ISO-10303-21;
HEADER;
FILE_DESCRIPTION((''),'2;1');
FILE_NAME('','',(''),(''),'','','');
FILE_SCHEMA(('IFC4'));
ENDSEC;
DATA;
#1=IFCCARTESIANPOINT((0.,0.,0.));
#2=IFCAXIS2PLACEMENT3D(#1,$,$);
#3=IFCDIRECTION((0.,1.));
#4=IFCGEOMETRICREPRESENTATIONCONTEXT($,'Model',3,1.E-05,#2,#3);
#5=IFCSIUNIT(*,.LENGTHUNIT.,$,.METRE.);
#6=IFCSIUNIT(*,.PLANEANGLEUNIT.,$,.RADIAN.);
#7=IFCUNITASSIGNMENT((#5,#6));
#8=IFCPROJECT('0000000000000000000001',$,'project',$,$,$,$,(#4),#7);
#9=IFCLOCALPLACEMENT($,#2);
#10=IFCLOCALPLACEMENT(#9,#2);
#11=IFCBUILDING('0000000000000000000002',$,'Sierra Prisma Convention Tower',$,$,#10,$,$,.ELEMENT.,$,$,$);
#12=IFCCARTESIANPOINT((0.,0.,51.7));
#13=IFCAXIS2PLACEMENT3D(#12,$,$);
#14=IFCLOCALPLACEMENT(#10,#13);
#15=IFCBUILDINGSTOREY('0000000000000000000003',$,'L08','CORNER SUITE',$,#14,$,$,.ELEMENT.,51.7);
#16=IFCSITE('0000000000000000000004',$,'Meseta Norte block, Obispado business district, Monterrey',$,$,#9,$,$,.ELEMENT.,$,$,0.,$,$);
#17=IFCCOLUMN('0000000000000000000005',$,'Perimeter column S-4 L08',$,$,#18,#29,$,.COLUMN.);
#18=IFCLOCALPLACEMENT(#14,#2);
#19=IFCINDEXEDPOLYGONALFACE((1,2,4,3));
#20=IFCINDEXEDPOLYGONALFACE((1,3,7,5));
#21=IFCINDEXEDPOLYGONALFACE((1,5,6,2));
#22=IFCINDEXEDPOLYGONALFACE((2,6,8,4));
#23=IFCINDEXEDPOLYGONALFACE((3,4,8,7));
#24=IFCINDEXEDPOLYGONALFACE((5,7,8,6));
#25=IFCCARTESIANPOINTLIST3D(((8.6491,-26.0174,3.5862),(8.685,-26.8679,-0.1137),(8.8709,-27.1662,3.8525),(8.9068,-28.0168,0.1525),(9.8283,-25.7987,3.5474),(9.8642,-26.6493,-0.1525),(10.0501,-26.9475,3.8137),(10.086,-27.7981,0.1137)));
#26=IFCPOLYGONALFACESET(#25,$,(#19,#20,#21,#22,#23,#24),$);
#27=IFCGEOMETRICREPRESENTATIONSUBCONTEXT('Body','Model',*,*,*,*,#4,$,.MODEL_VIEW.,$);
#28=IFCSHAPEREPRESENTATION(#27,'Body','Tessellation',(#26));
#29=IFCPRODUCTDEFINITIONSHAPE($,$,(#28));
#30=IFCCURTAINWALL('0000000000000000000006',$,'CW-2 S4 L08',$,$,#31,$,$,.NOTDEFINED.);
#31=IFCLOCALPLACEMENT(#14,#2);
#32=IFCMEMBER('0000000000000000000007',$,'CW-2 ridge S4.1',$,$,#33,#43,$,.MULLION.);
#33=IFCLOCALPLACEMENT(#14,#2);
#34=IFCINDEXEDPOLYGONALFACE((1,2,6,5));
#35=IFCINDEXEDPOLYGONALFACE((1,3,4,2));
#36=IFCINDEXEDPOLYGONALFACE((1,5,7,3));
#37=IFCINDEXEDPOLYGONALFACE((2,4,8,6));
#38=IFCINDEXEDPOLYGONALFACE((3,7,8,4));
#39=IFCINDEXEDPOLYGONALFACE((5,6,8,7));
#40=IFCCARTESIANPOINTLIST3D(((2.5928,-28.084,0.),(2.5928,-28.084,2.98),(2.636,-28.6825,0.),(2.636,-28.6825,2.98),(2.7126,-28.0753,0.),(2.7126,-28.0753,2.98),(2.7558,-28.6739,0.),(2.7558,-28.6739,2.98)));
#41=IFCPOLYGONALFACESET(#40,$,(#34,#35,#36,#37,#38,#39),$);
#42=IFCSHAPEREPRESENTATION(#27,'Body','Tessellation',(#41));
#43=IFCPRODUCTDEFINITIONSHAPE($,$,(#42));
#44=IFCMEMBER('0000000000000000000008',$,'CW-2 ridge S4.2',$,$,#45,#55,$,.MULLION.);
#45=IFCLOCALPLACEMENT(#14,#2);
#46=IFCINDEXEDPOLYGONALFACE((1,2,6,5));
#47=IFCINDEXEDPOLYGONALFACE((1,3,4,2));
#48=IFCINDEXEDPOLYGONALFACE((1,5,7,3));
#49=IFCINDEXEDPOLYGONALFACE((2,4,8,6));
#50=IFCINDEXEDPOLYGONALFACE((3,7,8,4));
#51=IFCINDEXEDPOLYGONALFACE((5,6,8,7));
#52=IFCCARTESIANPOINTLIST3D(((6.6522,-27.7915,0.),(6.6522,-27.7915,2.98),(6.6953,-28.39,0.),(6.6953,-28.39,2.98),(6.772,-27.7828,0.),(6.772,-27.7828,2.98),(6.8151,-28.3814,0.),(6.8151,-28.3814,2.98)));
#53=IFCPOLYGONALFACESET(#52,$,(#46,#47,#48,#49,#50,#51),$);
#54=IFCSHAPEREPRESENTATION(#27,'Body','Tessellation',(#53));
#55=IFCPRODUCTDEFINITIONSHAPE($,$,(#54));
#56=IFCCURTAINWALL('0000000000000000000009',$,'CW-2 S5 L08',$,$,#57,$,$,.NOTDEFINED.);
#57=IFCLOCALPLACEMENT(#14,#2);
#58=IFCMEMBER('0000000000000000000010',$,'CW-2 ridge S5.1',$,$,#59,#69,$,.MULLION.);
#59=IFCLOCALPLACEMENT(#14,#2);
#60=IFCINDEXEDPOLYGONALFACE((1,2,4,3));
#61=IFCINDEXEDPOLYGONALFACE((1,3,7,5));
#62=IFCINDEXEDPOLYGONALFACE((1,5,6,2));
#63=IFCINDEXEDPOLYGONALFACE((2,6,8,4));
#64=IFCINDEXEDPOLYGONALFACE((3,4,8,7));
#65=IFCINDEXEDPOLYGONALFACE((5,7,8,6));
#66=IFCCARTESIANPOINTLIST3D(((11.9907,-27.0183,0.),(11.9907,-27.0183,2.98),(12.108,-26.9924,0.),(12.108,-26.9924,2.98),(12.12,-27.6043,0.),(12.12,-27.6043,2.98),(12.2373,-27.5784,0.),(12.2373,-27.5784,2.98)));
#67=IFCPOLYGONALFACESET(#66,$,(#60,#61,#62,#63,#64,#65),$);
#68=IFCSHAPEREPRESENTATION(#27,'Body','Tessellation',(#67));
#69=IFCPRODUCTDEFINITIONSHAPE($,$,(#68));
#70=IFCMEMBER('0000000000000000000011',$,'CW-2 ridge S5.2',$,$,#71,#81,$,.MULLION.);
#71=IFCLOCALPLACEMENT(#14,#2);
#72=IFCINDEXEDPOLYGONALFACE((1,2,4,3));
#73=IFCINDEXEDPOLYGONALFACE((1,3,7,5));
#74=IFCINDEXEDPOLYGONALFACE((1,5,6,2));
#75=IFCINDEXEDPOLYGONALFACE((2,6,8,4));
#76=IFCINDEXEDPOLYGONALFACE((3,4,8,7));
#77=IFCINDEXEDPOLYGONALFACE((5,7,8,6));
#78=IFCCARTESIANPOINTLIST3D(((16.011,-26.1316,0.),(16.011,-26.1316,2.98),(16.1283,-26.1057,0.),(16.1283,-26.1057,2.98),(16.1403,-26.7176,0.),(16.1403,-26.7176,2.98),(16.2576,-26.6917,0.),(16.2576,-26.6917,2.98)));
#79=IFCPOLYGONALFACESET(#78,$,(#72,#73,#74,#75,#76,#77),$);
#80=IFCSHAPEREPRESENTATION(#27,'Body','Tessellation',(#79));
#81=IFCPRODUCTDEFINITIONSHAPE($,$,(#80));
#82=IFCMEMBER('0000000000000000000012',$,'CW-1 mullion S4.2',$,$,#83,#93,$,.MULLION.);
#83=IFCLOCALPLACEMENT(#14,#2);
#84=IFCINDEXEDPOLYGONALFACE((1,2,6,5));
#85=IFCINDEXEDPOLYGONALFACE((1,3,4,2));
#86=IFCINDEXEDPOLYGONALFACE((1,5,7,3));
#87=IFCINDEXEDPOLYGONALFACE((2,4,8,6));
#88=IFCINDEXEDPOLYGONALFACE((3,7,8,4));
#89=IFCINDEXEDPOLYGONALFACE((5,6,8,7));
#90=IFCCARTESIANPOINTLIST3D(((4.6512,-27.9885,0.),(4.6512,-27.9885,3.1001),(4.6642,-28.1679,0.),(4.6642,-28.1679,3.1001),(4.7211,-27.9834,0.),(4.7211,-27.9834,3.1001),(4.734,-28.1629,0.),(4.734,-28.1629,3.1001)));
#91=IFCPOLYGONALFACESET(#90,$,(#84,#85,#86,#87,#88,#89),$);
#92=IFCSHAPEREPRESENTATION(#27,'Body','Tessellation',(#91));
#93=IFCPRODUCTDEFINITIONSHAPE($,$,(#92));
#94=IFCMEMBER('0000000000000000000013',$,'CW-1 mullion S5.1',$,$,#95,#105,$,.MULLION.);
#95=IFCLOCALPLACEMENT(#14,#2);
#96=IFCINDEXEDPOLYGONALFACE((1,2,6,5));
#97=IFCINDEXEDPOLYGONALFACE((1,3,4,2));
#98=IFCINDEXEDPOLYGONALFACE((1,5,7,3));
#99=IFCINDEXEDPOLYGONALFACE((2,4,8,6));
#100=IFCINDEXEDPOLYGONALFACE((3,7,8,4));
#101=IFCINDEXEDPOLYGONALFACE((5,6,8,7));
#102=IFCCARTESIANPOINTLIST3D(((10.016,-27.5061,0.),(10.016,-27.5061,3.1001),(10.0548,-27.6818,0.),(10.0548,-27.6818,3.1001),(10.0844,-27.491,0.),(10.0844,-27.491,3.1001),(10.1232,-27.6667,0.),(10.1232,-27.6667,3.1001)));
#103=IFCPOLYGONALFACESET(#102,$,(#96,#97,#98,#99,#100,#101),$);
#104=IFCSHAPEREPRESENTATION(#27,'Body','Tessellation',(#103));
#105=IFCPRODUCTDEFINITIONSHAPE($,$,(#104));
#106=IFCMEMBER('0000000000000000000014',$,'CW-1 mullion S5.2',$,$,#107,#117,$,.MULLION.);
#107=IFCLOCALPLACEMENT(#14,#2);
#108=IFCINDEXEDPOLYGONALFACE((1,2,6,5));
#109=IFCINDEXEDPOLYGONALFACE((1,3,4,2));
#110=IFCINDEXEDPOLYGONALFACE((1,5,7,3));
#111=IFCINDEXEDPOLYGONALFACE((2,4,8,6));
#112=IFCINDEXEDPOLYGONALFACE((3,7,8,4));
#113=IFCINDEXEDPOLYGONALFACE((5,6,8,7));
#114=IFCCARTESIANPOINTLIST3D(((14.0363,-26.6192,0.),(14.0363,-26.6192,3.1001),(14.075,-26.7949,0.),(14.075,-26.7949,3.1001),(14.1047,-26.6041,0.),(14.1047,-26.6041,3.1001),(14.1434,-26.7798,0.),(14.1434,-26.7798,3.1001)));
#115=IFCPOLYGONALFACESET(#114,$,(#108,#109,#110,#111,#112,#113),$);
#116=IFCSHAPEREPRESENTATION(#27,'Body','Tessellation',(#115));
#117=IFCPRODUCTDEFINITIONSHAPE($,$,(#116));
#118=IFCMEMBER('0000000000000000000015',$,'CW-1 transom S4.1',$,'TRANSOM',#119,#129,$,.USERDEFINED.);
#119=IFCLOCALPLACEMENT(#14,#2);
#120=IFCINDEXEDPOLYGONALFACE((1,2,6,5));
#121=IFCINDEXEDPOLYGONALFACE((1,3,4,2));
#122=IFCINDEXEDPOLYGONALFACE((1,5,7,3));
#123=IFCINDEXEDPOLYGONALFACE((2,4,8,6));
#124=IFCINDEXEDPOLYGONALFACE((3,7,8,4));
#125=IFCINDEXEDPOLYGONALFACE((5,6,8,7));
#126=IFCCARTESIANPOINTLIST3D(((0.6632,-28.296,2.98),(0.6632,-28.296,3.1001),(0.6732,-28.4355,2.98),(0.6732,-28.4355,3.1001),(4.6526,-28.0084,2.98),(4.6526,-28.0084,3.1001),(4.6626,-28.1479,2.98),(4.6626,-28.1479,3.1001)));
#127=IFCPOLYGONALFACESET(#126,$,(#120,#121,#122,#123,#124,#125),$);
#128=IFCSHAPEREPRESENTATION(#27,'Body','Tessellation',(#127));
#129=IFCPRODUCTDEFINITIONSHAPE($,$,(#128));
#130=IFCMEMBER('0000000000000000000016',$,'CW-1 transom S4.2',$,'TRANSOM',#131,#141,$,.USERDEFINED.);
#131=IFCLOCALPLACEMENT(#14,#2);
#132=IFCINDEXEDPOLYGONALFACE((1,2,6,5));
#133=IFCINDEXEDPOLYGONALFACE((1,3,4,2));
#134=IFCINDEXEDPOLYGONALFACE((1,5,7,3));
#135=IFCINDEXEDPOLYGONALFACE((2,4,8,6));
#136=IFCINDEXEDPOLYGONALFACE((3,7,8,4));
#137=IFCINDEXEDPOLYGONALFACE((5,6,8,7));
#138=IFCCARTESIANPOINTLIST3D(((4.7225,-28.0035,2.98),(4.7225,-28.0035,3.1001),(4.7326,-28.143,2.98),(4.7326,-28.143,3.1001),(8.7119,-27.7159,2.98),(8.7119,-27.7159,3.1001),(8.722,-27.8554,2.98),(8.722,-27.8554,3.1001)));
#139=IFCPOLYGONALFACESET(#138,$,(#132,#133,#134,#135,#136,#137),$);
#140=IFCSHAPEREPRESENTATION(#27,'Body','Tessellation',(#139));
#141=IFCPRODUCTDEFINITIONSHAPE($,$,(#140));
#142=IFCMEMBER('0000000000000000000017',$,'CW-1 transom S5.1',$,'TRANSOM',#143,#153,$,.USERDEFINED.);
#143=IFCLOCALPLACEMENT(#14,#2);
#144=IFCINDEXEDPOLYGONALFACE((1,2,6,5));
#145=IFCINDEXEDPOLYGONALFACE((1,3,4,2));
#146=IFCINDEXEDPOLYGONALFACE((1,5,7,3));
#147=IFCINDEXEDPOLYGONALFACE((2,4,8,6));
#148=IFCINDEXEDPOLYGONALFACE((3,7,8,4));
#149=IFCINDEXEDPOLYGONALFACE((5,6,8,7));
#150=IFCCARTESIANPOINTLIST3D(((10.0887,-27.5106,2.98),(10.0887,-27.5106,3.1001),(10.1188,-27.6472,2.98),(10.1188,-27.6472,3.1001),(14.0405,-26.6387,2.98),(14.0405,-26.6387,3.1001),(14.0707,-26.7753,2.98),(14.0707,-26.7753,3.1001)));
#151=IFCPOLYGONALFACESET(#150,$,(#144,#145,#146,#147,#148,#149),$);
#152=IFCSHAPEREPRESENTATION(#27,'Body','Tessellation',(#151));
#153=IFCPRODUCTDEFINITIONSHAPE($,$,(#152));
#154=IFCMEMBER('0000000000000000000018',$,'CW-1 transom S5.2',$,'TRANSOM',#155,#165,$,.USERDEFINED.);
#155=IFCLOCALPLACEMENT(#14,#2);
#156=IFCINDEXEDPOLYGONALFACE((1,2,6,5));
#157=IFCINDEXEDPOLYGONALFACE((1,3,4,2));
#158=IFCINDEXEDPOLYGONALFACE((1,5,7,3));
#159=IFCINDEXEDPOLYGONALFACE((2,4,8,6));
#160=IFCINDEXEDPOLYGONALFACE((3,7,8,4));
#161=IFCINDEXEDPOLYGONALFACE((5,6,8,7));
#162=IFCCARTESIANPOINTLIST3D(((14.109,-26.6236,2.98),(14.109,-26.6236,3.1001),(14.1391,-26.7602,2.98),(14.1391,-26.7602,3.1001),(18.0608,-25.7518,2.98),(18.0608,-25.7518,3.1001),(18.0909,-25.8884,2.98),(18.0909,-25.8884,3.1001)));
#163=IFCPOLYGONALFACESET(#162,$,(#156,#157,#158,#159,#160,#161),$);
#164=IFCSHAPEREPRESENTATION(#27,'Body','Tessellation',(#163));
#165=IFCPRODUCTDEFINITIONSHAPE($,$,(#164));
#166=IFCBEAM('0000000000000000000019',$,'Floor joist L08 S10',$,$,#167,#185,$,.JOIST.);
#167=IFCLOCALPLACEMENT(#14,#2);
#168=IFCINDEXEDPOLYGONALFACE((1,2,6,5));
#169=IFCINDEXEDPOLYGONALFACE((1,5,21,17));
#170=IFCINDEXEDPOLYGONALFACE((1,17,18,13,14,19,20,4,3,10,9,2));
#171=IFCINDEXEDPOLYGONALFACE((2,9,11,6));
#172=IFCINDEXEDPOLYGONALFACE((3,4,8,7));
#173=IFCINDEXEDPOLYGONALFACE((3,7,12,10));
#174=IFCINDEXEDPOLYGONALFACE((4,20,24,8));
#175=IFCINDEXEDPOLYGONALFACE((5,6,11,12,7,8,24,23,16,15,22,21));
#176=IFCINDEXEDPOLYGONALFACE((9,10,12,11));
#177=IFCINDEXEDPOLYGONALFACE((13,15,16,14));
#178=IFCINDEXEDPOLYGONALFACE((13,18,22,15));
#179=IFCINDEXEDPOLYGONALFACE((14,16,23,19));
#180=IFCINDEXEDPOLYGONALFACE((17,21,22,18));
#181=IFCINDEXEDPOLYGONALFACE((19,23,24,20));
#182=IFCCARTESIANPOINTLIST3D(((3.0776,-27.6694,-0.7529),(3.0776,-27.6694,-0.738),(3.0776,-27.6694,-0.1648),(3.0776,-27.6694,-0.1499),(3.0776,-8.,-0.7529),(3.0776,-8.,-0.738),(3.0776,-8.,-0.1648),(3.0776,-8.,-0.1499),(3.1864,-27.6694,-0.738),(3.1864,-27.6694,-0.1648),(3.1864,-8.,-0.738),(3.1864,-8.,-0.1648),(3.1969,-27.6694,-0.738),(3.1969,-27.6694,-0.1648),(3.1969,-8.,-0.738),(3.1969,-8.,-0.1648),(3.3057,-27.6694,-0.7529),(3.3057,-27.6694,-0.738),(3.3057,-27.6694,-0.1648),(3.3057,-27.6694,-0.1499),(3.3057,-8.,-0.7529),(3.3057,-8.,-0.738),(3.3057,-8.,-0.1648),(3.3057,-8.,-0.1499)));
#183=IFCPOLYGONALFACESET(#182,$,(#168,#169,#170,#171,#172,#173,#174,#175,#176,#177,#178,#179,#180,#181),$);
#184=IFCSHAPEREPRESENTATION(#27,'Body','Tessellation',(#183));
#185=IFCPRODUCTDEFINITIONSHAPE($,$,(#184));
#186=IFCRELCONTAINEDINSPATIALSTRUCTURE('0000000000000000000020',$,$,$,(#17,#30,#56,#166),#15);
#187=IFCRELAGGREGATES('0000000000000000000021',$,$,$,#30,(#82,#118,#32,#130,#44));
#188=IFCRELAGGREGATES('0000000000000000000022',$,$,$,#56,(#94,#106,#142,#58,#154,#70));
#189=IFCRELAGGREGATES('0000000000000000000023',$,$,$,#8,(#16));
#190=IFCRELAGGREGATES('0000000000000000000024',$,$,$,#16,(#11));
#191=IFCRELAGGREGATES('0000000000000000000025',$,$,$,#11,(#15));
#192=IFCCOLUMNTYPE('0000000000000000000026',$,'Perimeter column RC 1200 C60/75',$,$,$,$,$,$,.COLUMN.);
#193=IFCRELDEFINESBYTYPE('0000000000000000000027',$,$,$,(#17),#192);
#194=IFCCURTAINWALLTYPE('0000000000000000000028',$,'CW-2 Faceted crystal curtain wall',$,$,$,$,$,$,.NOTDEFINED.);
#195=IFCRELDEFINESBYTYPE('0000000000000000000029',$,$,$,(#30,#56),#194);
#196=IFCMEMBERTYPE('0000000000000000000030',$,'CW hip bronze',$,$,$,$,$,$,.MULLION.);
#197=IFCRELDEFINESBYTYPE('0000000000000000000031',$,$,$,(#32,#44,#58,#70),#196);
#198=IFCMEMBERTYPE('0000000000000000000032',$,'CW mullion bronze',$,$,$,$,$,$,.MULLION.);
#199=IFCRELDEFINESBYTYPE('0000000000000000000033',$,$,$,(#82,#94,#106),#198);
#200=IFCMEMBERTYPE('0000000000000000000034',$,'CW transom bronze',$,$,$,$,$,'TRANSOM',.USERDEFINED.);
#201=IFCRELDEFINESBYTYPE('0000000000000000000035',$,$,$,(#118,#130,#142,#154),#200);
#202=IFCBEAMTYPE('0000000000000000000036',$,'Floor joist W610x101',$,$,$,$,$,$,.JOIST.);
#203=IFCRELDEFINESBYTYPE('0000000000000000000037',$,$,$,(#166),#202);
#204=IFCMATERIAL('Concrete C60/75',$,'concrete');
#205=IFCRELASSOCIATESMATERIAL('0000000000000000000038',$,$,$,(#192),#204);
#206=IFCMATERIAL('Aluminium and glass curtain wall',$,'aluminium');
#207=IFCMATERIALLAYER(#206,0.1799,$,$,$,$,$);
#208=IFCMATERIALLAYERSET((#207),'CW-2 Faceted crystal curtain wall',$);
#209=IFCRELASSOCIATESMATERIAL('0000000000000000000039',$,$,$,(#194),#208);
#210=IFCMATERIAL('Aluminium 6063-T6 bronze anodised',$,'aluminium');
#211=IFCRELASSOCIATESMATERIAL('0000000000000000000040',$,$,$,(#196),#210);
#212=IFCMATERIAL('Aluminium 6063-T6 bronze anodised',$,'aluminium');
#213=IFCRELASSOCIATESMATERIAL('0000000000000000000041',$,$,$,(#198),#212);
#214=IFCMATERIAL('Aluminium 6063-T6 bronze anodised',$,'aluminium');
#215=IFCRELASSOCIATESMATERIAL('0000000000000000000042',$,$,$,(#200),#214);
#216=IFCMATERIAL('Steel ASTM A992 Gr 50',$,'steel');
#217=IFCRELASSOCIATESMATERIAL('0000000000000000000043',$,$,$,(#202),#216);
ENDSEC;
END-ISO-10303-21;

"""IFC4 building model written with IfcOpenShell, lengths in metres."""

from ifc_helpers import new_model, si_unit, direction, frame, origin, origin_2d, place, context, subcontext, project, spatial, rectangle, i_section, extrude, material, layer, layer_set, material_profile, profile_set, type_object, element, aggregate, save


model = new_model("IFC4")

# Units and contexts
model_context = context("Model", 3, precision=1e-05, world=origin(), true_north=direction((0.0, 1.0)))
body_context = subcontext(model_context, "Body", "Model", "MODEL_VIEW")
ifc_project = project(units=[si_unit("LENGTHUNIT", "METRE"), si_unit("PLANEANGLEUNIT", "RADIAN")], contexts=[model_context])

# Site, building, storey
site_placement = place(None, origin())
site = spatial("IfcSite", under=ifc_project, at=site_placement, Name="Meseta Norte block, Obispado business district, Monterrey", CompositionType="ELEMENT", RefElevation=0.0)
building_placement = place(site_placement, origin())
building = spatial("IfcBuilding", under=site, at=building_placement, Name="Sierra Prisma Convention Tower", CompositionType="ELEMENT")
storey_placement = place(building_placement, frame((0.0, 0.0, 51.7)))
storey = spatial("IfcBuildingStorey", under=building, at=storey_placement, Name="L08", Description="CORNER SUITE", CompositionType="ELEMENT", Elevation=51.7)

# Column
ifc_material_1 = material(Name="Concrete C60/75", Category="concrete")
ifc_material_profile_1 = material_profile(ifc_material_1, rectangle(XDim=1.2, YDim=1.2, at=origin_2d()), Name="Perimeter column RC 1200 C60/75")
ifc_profile_set_1 = profile_set([ifc_material_profile_1], Name="Concrete C60/75")
column_type = type_object("IfcColumnType", Name="Perimeter column RC 1200 C60/75", PredefinedType="COLUMN", material=ifc_profile_set_1)
column_placement = place(storey_placement, frame((9.3855, -27.333, 0.0), z_axis=(-0.009453, 0.224037, 0.974535), x_axis=(-0.982721, -0.182244, 0.032364)))
element("IfcColumn", 1, at=column_placement, inside=storey, type_object=column_type, Name="Perimeter column S-4 L08", PredefinedType="COLUMN", context=body_context, shape_type="SweptSolid", body=[
    extrude(rectangle(XDim=1.2, YDim=1.2, at=origin_2d()), origin(), (0.0, 0.0, 1.0), 3.7966),
])

# Curtain walls, members
ifc_material_2 = material(Name="Aluminium and glass curtain wall", Category="aluminium")
ifc_layer_1 = layer(ifc_material_2, 0.1799)
ifc_layer_set_1 = layer_set([ifc_layer_1], Name="CW-2 Faceted crystal curtain wall")
curtain_wall_type = type_object("IfcCurtainWallType", Name="CW-2 Faceted crystal curtain wall", PredefinedType="NOTDEFINED", material=ifc_layer_set_1)
curtain_wall_1_placement = place(storey_placement, origin())
curtain_wall_1 = element("IfcCurtainWall", 2, at=curtain_wall_1_placement, inside=storey, type_object=curtain_wall_type, Name="CW-2 S4 L08", PredefinedType="NOTDEFINED")
ifc_material_3 = material(Name="Aluminium 6063-T6 bronze anodised", Category="aluminium")
ifc_material_profile_2 = material_profile(ifc_material_3, rectangle(XDim=0.1201, YDim=0.6001, at=origin_2d()), Name="ALU RIDGE BLADE 120x600")
ifc_profile_set_2 = profile_set([ifc_material_profile_2], Name="Aluminium 6063-T6 bronze anodised")
member_type_1 = type_object("IfcMemberType", Name="CW hip bronze", PredefinedType="MULLION", material=ifc_profile_set_2)
member_1_placement = place(storey_placement, frame((2.6743, -28.3789, 0.0), z_axis=(0.0, 0.0, 1.0), x_axis=(0.997411, 0.07191, 0.0)))
member_1 = element("IfcMember", 3, at=member_1_placement, type_object=member_type_1, Name="CW-2 ridge S4.1", PredefinedType="MULLION", context=body_context, shape_type="SweptSolid", body=[
    extrude(rectangle(XDim=0.1201, YDim=0.6001, at=origin_2d()), origin(), (0.0, 0.0, 1.0), 2.98),
])
member_2_placement = place(storey_placement, frame((6.7336, -28.0864, 0.0), z_axis=(0.0, 0.0, 1.0), x_axis=(0.997411, 0.07191, 0.0)))
member_2 = element("IfcMember", 4, at=member_2_placement, type_object=member_type_1, Name="CW-2 ridge S4.2", PredefinedType="MULLION", context=body_context, shape_type="SweptSolid", body=[
    extrude(rectangle(XDim=0.1201, YDim=0.6001, at=origin_2d()), origin(), (0.0, 0.0, 1.0), 2.98),
])
curtain_wall_2_placement = place(storey_placement, origin())
curtain_wall_2 = element("IfcCurtainWall", 5, at=curtain_wall_2_placement, inside=storey, type_object=curtain_wall_type, Name="CW-2 S5 L08", PredefinedType="NOTDEFINED")
member_3_placement = place(storey_placement, frame((12.114, -27.2983, 0.0), z_axis=(0.0, 0.0, 1.0), x_axis=(0.976517, 0.215438, 0.0)))
member_3 = element("IfcMember", 6, at=member_3_placement, type_object=member_type_1, Name="CW-2 ridge S5.1", PredefinedType="MULLION", context=body_context, shape_type="SweptSolid", body=[
    extrude(rectangle(XDim=0.1201, YDim=0.6001, at=origin_2d()), origin(), (0.0, 0.0, 1.0), 2.98),
])
member_4_placement = place(storey_placement, frame((16.1343, -26.4116, 0.0), z_axis=(0.0, 0.0, 1.0), x_axis=(0.976517, 0.215438, 0.0)))
member_4 = element("IfcMember", 7, at=member_4_placement, type_object=member_type_1, Name="CW-2 ridge S5.2", PredefinedType="MULLION", context=body_context, shape_type="SweptSolid", body=[
    extrude(rectangle(XDim=0.1201, YDim=0.6001, at=origin_2d()), origin(), (0.0, 0.0, 1.0), 2.98),
])

# Members
ifc_material_4 = material(Name="Aluminium 6063-T6 bronze anodised", Category="aluminium")
ifc_material_profile_3 = material_profile(ifc_material_4, rectangle(XDim=0.1799, YDim=0.0701, at=origin_2d()), Name="ALU MULLION 70x180")
ifc_profile_set_3 = profile_set([ifc_material_profile_3], Name="Aluminium 6063-T6 bronze anodised")
member_type_2 = type_object("IfcMemberType", Name="CW mullion bronze", PredefinedType="MULLION", material=ifc_profile_set_3)
member_5_placement = place(storey_placement, frame((4.6926, -28.0757, 0.0), z_axis=(0.0, 0.0, 1.0), x_axis=(-0.07191, 0.997411, 0.0)))
member_5 = element("IfcMember", 8, at=member_5_placement, type_object=member_type_2, Name="CW-1 mullion S4.2", PredefinedType="MULLION", context=body_context, shape_type="SweptSolid", body=[
    extrude(rectangle(XDim=0.1799, YDim=0.0701, at=origin_2d()), origin(), (0.0, 0.0, 1.0), 3.1001),
])
member_6_placement = place(storey_placement, frame((10.0696, -27.5864, 0.0), z_axis=(0.0, 0.0, 1.0), x_axis=(-0.215438, 0.976517, 0.0)))
member_6 = element("IfcMember", 9, at=member_6_placement, type_object=member_type_2, Name="CW-1 mullion S5.1", PredefinedType="MULLION", context=body_context, shape_type="SweptSolid", body=[
    extrude(rectangle(XDim=0.1799, YDim=0.0701, at=origin_2d()), origin(), (0.0, 0.0, 1.0), 3.1001),
])
member_7_placement = place(storey_placement, frame((14.0898, -26.6995, 0.0), z_axis=(0.0, 0.0, 1.0), x_axis=(-0.215438, 0.976517, 0.0)))
member_7 = element("IfcMember", 10, at=member_7_placement, type_object=member_type_2, Name="CW-1 mullion S5.2", PredefinedType="MULLION", context=body_context, shape_type="SweptSolid", body=[
    extrude(rectangle(XDim=0.1799, YDim=0.0701, at=origin_2d()), origin(), (0.0, 0.0, 1.0), 3.1001),
])
ifc_material_5 = material(Name="Aluminium 6063-T6 bronze anodised", Category="aluminium")
ifc_material_profile_4 = material_profile(ifc_material_5, rectangle(XDim=0.1399, YDim=0.1201, at=origin_2d()), Name="ALU TRANSOM 120x140")
ifc_profile_set_4 = profile_set([ifc_material_profile_4], Name="Aluminium 6063-T6 bronze anodised")
member_type_3 = type_object("IfcMemberType", Name="CW transom bronze", ElementType="TRANSOM", PredefinedType="USERDEFINED", material=ifc_profile_set_4)
member_8_placement = place(storey_placement, frame((0.6682, -28.3657, 3.04), z_axis=(0.997412, 0.071902, 0.0), x_axis=(-0.071902, 0.997412, 0.0)))
member_8 = element("IfcMember", 11, at=member_8_placement, type_object=member_type_3, Name="CW-1 transom S4.1", ObjectType="TRANSOM", PredefinedType="USERDEFINED", context=body_context, shape_type="SweptSolid", body=[
    extrude(rectangle(XDim=0.1399, YDim=0.1201, at=origin_2d()), origin(), (0.0, 0.0, 1.0), 3.9998),
])
member_9_placement = place(storey_placement, frame((4.7275, -28.0732, 3.04), z_axis=(0.997412, 0.071902, 0.0), x_axis=(-0.071902, 0.997412, 0.0)))
member_9 = element("IfcMember", 12, at=member_9_placement, type_object=member_type_3, Name="CW-1 transom S4.2", ObjectType="TRANSOM", PredefinedType="USERDEFINED", context=body_context, shape_type="SweptSolid", body=[
    extrude(rectangle(XDim=0.1399, YDim=0.1201, at=origin_2d()), origin(), (0.0, 0.0, 1.0), 3.9998),
])
member_10_placement = place(storey_placement, frame((10.1038, -27.5789, 3.04), z_axis=(0.976519, 0.215429, 0.0), x_axis=(-0.215429, 0.976519, 0.0)))
member_10 = element("IfcMember", 13, at=member_10_placement, type_object=member_type_3, Name="CW-1 transom S5.1", ObjectType="TRANSOM", PredefinedType="USERDEFINED", context=body_context, shape_type="SweptSolid", body=[
    extrude(rectangle(XDim=0.1399, YDim=0.1201, at=origin_2d()), origin(), (0.0, 0.0, 1.0), 4.0469),
])
member_11_placement = place(storey_placement, frame((14.124, -26.6919, 3.04), z_axis=(0.976519, 0.215429, 0.0), x_axis=(-0.215429, 0.976519, 0.0)))
member_11 = element("IfcMember", 14, at=member_11_placement, type_object=member_type_3, Name="CW-1 transom S5.2", ObjectType="TRANSOM", PredefinedType="USERDEFINED", context=body_context, shape_type="SweptSolid", body=[
    extrude(rectangle(XDim=0.1399, YDim=0.1201, at=origin_2d()), origin(), (0.0, 0.0, 1.0), 4.0469),
])

# Beam
ifc_material_6 = material(Name="Steel ASTM A992 Gr 50", Category="steel")
ifc_material_profile_5 = material_profile(ifc_material_6, i_section(OverallWidth=0.228, OverallDepth=0.603, WebThickness=0.0105, FlangeThickness=0.0149, at=origin_2d()), Name="W610x101")
ifc_profile_set_5 = profile_set([ifc_material_profile_5], Name="Steel ASTM A992 Gr 50")
beam_type_1 = type_object("IfcBeamType", Name="Floor joist W610x101", PredefinedType="JOIST", material=ifc_profile_set_5)
beam_1_placement = place(storey_placement, frame((3.1917, -27.6694, -0.4514), z_axis=(0.0, 1.0, 0.0), x_axis=(-1.0, 0.0, 0.0)))
element("IfcBeam", 15, at=beam_1_placement, inside=storey, type_object=beam_type_1, Name="Floor joist L08 S10", PredefinedType="JOIST", context=body_context, shape_type="SweptSolid", body=[
    extrude(i_section(OverallWidth=0.228, OverallDepth=0.603, WebThickness=0.0105, FlangeThickness=0.0149, at=origin_2d()), origin(), (0.0, 0.0, 1.0), 19.6694),
])

aggregate(curtain_wall_1, [member_5, member_8, member_1, member_9, member_2])
aggregate(curtain_wall_2, [member_6, member_7, member_10, member_3, member_11, member_4])

save(model, "model.ifc")
